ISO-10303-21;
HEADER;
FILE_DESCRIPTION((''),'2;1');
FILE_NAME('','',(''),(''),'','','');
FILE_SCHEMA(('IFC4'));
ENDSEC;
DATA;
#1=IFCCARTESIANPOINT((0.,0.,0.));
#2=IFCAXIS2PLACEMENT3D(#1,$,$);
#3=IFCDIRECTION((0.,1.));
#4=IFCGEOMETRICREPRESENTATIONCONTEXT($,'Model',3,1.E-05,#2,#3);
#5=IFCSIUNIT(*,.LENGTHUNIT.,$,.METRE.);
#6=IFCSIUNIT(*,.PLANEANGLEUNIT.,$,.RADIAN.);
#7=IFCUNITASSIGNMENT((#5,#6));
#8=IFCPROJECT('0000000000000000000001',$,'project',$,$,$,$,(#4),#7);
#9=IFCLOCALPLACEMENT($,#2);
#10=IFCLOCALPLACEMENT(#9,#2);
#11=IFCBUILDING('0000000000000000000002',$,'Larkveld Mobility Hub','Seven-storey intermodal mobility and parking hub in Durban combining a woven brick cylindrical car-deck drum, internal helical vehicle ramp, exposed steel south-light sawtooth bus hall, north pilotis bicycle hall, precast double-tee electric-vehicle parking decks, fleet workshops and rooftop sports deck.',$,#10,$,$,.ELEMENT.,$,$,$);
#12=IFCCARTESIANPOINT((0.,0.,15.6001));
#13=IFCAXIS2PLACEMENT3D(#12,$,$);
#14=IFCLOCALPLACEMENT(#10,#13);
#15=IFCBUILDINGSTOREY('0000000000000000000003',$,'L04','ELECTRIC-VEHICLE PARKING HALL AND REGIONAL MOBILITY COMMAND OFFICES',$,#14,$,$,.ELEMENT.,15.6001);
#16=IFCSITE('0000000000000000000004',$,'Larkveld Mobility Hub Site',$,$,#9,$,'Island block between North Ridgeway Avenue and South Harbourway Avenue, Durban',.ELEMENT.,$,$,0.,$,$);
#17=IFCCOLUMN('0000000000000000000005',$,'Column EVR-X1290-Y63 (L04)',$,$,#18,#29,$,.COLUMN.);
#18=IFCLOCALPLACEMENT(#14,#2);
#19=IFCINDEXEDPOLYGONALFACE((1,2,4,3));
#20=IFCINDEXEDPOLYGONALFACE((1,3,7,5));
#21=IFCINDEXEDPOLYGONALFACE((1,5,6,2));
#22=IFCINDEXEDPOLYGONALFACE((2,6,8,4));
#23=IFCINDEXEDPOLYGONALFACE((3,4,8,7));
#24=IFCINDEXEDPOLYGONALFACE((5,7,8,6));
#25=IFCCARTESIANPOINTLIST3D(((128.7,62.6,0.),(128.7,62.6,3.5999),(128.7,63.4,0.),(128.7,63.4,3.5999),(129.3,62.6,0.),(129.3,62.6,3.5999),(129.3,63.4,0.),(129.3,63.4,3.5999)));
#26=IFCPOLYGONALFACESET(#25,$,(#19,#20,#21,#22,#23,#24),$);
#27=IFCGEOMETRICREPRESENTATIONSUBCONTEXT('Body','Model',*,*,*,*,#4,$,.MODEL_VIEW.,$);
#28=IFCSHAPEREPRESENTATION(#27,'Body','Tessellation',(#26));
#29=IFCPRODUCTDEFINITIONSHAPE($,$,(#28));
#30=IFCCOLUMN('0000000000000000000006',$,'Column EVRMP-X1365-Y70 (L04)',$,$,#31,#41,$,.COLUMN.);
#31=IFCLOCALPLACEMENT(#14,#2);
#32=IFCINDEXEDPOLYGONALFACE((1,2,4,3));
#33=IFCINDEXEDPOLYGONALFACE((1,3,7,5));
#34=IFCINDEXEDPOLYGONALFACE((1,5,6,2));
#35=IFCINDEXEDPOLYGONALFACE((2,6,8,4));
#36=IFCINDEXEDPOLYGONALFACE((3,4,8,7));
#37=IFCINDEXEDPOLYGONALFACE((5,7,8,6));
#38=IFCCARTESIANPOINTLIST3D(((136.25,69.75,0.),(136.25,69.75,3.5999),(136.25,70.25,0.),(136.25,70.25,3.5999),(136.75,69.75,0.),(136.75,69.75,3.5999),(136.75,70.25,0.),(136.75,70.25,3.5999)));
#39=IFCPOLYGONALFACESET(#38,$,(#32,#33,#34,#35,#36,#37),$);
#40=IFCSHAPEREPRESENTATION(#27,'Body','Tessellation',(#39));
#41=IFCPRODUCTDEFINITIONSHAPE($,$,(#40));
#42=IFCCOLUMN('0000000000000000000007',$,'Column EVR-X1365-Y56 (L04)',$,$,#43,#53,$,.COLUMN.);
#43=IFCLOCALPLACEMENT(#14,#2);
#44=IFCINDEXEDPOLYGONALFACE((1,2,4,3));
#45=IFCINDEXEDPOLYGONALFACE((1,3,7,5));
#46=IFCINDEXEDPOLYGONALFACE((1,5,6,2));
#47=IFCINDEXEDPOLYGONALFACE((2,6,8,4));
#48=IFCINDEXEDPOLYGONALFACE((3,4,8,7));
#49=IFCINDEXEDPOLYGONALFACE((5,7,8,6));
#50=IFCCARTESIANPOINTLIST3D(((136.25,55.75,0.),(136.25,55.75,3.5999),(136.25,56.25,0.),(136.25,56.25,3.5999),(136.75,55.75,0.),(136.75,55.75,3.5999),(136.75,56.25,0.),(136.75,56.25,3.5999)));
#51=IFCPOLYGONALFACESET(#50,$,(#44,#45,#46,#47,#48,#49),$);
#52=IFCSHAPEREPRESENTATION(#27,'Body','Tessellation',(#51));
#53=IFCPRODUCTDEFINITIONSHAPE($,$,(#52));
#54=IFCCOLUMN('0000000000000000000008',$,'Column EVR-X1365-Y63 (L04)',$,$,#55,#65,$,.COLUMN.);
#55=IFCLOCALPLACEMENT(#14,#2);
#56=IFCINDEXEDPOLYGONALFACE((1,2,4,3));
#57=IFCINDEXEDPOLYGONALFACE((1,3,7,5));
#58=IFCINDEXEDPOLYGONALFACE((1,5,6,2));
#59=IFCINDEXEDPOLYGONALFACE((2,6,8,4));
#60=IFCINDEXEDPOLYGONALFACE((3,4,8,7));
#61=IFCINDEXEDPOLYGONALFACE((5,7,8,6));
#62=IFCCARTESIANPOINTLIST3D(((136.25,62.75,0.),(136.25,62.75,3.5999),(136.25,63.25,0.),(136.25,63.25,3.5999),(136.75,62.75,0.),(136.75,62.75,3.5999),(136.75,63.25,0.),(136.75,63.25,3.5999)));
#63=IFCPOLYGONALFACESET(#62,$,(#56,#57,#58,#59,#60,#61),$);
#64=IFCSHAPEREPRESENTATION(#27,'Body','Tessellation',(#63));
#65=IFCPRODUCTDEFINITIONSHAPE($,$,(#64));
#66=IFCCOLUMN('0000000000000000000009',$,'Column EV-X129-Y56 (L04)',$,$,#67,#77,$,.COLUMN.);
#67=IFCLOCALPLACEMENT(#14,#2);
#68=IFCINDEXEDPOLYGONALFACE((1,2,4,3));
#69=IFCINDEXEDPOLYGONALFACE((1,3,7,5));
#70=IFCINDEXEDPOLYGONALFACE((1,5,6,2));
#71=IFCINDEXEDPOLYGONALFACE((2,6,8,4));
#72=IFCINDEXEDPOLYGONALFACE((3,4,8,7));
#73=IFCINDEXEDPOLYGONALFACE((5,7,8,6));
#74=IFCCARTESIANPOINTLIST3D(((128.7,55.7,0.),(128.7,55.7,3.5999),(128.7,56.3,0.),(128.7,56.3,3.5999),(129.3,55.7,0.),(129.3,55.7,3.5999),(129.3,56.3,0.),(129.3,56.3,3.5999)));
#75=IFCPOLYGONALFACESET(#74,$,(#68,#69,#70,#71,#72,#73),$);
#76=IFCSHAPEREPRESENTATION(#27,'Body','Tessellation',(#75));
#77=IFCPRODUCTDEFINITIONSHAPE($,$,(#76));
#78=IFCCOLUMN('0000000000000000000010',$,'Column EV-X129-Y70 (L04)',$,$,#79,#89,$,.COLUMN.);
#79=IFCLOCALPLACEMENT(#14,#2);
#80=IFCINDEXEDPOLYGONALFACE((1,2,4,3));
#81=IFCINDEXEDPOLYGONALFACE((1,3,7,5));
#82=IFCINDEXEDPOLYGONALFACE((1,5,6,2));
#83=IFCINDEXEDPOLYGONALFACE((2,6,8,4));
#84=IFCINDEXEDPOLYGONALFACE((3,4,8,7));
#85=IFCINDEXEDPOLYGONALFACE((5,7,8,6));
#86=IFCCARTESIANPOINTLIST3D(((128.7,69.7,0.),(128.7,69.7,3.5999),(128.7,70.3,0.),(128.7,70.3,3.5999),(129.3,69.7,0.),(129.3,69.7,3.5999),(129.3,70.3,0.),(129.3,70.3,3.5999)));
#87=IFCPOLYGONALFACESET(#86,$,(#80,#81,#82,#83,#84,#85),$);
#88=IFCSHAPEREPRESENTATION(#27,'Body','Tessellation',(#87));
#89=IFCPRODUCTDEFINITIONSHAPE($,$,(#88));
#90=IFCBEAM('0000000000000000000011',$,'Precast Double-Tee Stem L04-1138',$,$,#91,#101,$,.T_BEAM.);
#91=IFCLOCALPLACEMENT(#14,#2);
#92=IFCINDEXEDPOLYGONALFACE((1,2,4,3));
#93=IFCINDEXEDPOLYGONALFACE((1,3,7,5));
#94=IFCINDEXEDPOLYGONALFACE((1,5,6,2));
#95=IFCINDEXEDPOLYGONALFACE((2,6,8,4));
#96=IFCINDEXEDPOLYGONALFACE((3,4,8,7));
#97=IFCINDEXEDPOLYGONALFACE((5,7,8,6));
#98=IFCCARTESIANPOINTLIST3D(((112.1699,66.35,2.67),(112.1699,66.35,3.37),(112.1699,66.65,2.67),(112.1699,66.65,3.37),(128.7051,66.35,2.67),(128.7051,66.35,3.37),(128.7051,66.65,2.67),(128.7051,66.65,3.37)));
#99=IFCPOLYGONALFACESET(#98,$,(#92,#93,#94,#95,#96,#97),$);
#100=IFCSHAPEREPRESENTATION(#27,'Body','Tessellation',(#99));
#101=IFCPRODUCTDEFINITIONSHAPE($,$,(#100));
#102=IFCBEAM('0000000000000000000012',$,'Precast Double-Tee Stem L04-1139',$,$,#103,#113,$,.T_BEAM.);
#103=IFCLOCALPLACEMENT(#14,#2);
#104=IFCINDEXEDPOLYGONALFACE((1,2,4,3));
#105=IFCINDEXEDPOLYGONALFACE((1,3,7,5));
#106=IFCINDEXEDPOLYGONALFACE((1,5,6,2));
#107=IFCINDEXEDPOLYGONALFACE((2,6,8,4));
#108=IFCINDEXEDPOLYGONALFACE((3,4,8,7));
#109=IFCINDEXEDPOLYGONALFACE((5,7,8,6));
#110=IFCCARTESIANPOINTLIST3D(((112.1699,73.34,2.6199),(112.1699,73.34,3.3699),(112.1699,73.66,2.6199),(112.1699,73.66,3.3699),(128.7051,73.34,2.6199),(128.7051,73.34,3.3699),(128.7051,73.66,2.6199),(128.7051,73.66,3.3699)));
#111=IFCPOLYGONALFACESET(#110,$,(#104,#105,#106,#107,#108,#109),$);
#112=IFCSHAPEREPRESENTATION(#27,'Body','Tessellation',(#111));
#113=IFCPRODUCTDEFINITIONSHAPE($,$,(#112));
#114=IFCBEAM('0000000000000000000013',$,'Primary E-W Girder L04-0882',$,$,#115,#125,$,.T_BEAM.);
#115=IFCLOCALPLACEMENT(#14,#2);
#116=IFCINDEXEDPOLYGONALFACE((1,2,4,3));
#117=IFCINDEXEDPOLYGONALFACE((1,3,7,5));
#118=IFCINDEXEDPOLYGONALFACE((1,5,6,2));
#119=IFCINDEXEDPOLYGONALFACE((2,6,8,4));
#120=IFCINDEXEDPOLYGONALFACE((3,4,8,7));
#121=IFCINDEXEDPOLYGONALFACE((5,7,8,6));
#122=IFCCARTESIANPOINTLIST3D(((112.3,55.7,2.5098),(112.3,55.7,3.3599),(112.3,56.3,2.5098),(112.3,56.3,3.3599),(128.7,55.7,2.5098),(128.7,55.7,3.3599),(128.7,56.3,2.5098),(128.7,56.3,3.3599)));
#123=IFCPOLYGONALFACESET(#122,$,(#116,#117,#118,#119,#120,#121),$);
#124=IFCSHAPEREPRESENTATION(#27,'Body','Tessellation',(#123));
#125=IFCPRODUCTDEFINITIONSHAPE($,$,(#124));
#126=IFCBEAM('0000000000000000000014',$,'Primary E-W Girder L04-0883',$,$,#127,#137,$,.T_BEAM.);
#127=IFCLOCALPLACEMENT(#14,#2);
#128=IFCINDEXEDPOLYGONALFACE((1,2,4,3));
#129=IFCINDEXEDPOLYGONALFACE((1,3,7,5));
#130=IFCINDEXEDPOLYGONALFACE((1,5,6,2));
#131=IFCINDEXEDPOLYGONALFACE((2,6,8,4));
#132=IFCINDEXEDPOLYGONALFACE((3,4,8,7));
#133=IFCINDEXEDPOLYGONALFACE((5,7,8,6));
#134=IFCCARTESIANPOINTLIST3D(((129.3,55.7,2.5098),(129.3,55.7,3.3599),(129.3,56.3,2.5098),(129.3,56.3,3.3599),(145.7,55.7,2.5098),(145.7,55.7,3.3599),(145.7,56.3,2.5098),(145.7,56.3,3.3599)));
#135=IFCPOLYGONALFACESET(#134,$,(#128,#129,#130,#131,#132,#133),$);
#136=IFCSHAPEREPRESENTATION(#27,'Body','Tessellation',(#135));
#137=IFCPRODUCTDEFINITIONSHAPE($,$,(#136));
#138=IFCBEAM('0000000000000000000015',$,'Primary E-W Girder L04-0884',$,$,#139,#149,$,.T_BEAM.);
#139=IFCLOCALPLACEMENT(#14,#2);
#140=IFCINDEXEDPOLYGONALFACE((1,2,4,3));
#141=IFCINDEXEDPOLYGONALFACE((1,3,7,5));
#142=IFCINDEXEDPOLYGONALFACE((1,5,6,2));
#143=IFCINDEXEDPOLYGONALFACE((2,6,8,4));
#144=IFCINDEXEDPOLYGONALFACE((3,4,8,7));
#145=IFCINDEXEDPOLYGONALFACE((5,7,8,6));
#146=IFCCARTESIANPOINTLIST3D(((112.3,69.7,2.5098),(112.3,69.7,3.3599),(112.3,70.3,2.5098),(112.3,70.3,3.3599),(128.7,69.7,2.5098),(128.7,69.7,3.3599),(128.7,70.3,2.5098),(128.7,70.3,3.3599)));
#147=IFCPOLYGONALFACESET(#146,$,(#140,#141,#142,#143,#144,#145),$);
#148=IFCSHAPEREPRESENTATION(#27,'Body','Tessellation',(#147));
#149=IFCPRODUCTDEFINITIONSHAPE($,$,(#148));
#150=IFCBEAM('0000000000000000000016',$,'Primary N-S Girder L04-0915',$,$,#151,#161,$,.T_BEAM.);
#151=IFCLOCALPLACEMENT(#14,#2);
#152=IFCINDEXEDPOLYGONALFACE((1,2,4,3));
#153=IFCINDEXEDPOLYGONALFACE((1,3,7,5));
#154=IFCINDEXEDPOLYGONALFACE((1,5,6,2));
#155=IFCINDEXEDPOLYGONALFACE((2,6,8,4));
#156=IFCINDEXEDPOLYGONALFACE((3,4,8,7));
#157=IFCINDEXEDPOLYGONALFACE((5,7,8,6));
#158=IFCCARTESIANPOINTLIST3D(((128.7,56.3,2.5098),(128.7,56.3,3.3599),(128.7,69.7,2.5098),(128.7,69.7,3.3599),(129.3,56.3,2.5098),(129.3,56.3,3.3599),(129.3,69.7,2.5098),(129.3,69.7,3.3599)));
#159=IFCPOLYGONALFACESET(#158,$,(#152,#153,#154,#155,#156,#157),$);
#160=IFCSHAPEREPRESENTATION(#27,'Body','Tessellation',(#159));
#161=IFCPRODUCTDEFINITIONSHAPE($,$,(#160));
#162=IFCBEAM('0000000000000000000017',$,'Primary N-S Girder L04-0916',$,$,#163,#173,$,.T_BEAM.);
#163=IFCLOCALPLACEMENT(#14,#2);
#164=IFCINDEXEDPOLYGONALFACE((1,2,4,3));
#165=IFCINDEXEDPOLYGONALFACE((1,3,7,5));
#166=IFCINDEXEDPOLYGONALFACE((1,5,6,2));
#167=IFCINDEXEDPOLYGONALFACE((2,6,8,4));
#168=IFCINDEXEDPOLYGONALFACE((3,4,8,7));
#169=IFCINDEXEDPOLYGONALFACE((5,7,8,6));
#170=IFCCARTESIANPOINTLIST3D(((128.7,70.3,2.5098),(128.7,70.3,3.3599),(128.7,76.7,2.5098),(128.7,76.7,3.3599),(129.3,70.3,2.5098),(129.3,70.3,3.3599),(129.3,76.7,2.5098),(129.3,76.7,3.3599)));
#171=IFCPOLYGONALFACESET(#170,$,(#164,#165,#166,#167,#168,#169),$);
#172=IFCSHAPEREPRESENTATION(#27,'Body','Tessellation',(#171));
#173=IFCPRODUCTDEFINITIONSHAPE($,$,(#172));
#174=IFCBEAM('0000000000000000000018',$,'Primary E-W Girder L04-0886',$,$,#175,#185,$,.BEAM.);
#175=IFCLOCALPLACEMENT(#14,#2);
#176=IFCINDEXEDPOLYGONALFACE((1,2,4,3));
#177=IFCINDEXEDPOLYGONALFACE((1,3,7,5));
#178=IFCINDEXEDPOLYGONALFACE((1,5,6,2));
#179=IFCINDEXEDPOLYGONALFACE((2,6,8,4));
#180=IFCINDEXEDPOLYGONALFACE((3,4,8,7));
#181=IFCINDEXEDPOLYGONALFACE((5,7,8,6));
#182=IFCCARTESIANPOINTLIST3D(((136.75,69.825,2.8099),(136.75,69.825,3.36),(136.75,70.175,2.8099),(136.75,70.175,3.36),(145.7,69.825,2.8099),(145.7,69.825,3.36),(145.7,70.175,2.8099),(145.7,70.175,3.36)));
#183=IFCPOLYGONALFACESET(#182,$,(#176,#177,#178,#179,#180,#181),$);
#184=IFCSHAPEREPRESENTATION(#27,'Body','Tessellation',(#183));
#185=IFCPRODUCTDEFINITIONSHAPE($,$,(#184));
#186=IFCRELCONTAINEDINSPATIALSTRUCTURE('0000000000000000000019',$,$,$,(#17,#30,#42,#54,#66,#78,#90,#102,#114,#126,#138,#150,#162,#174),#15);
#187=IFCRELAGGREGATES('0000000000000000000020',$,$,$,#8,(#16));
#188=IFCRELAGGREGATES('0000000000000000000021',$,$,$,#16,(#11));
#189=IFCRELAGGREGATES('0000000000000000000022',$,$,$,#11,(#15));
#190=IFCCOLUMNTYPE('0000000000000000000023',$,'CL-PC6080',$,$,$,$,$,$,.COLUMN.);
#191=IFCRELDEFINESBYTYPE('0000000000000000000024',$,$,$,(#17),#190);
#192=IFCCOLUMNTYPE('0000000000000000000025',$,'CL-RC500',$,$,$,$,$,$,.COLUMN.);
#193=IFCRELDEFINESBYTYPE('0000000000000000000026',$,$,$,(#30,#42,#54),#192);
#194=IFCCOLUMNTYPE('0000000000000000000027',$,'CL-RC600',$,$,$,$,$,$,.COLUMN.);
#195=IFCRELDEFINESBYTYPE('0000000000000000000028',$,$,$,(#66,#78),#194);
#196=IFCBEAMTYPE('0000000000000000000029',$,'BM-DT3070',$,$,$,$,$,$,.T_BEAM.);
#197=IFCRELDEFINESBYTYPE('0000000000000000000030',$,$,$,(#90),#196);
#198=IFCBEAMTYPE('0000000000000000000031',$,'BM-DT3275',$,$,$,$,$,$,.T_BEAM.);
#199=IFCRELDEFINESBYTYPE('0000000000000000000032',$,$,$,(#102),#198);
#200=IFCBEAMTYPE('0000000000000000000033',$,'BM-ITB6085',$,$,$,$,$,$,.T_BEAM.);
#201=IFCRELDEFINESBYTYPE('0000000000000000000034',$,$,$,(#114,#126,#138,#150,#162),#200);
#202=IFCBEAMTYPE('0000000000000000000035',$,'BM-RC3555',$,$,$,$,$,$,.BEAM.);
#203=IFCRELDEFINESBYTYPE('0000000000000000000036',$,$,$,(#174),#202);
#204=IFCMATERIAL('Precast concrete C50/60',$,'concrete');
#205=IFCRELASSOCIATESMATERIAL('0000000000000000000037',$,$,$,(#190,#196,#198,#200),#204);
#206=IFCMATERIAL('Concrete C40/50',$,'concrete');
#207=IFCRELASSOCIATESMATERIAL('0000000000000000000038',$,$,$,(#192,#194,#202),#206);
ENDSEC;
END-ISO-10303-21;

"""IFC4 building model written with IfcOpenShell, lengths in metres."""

from ifc_helpers import new_model, si_unit, direction, frame, origin, origin_2d, place, context, subcontext, project, spatial, rectangle, extrude, material, material_profile, profile_set, type_object, element, save


model = new_model("IFC4")

# Units and contexts
model_context = context("Model", 3, precision=1e-05, world=origin(), true_north=direction((0.0, 1.0)))
body_context = subcontext(model_context, "Body", "Model", "MODEL_VIEW")
ifc_project = project(units=[si_unit("LENGTHUNIT", "METRE"), si_unit("PLANEANGLEUNIT", "RADIAN")], contexts=[model_context])

# Site, building, storey
site_placement = place(None, origin())
site = spatial("IfcSite", under=ifc_project, at=site_placement, Name="Larkveld Mobility Hub Site", LongName="Island block between North Ridgeway Avenue and South Harbourway Avenue, Durban", CompositionType="ELEMENT", RefElevation=0.0)
building_placement = place(site_placement, origin())
building = spatial("IfcBuilding", under=site, at=building_placement, Name="Larkveld Mobility Hub", Description="Seven-storey intermodal mobility and parking hub in Durban combining a woven brick cylindrical car-deck drum, internal helical vehicle ramp, exposed steel south-light sawtooth bus hall, north pilotis bicycle hall, precast double-tee electric-vehicle parking decks, fleet workshops and rooftop sports deck.", CompositionType="ELEMENT")
storey_placement = place(building_placement, frame((0.0, 0.0, 15.6001)))
storey = spatial("IfcBuildingStorey", under=building, at=storey_placement, Name="L04", Description="ELECTRIC-VEHICLE PARKING HALL AND REGIONAL MOBILITY COMMAND OFFICES", CompositionType="ELEMENT", Elevation=15.6001)

# Columns
ifc_material_1 = material(Name="Precast concrete C50/60", Category="concrete")
ifc_material_profile_1 = material_profile(ifc_material_1, rectangle(XDim=0.6001, YDim=0.8, at=origin_2d()), Name="RC COL 600x800")
ifc_profile_set_1 = profile_set([ifc_material_profile_1], Name="Precast concrete C50/60")
column_type_1 = type_object("IfcColumnType", Name="CL-PC6080", PredefinedType="COLUMN", material=ifc_profile_set_1)
column_placement = place(storey_placement, frame((129.0, 63.0, 0.0), z_axis=(0.0, 0.0, 1.0), x_axis=(1.0, 0.0, 0.0)))
element("IfcColumn", 1, at=column_placement, inside=storey, type_object=column_type_1, Name="Column EVR-X1290-Y63 (L04)", PredefinedType="COLUMN", context=body_context, shape_type="SweptSolid", body=[
    extrude(rectangle(XDim=0.6001, YDim=0.8, at=origin_2d()), origin(), (0.0, 0.0, 1.0), 3.5999),
])
ifc_material_2 = material(Name="Concrete C40/50", Category="concrete")
ifc_material_profile_2 = material_profile(ifc_material_2, rectangle(XDim=0.5, YDim=0.5, at=origin_2d()), Name="RC COL 500x500")
ifc_profile_set_2 = profile_set([ifc_material_profile_2], Name="Concrete C40/50")
column_type_2 = type_object("IfcColumnType", Name="CL-RC500", PredefinedType="COLUMN", material=ifc_profile_set_2)
for number, where, z_axis, x_axis, name in (
    (2, (136.5, 70.0, 0.0), (0.0, 0.0, 1.0), (1.0, 0.0, 0.0), "Column EVRMP-X1365-Y70 (L04)"),
    (3, (136.5, 56.0, 0.0), (0.0, 0.0, 1.0), (1.0, 0.0, 0.0), "Column EVR-X1365-Y56 (L04)"),
    (4, (136.5, 63.0, 0.0), (0.0, 0.0, 1.0), (1.0, 0.0, 0.0), "Column EVR-X1365-Y63 (L04)"),
):
    element("IfcColumn", number, at=place(storey_placement, frame(where, z_axis=z_axis, x_axis=x_axis)), inside=storey, type_object=column_type_2, Name=name, PredefinedType="COLUMN", context=body_context, shape_type="SweptSolid", body=[
        extrude(rectangle(XDim=0.5, YDim=0.5, at=origin_2d()), origin(), (0.0, 0.0, 1.0), 3.5999),
    ])
ifc_material_profile_3 = material_profile(ifc_material_2, rectangle(XDim=0.6001, YDim=0.6001, at=origin_2d()), Name="RC COL 600x600")
ifc_profile_set_3 = profile_set([ifc_material_profile_3], Name="Concrete C40/50")
column_type_3 = type_object("IfcColumnType", Name="CL-RC600", PredefinedType="COLUMN", material=ifc_profile_set_3)
for number, where, z_axis, x_axis, name in (
    (5, (129.0, 56.0, 0.0), (0.0, 0.0, 1.0), (1.0, 0.0, 0.0), "Column EV-X129-Y56 (L04)"),
    (6, (129.0, 70.0, 0.0), (0.0, 0.0, 1.0), (1.0, 0.0, 0.0), "Column EV-X129-Y70 (L04)"),
):
    element("IfcColumn", number, at=place(storey_placement, frame(where, z_axis=z_axis, x_axis=x_axis)), inside=storey, type_object=column_type_3, Name=name, PredefinedType="COLUMN", context=body_context, shape_type="SweptSolid", body=[
        extrude(rectangle(XDim=0.6001, YDim=0.6001, at=origin_2d()), origin(), (0.0, 0.0, 1.0), 3.5999),
    ])

# Beams
ifc_material_profile_4 = material_profile(ifc_material_1, rectangle(XDim=0.3, YDim=0.7, at=origin_2d()), Name="PC DT 300x700")
ifc_profile_set_4 = profile_set([ifc_material_profile_4], Name="Precast concrete C50/60")
beam_type_1 = type_object("IfcBeamType", Name="BM-DT3070", PredefinedType="T_BEAM", material=ifc_profile_set_4)
beam_1_placement = place(storey_placement, frame((112.1699, 66.5, 3.02), z_axis=(1.0, 0.0, 0.0), x_axis=(0.0, 1.0, 0.0)))
element("IfcBeam", 7, at=beam_1_placement, inside=storey, type_object=beam_type_1, Name="Precast Double-Tee Stem L04-1138", PredefinedType="T_BEAM", context=body_context, shape_type="SweptSolid", body=[
    extrude(rectangle(XDim=0.3, YDim=0.7, at=origin_2d()), origin(), (0.0, 0.0, 1.0), 16.5352),
])
ifc_material_profile_5 = material_profile(ifc_material_1, rectangle(XDim=0.3201, YDim=0.75, at=origin_2d()), Name="PC DT 320x750")
ifc_profile_set_5 = profile_set([ifc_material_profile_5], Name="Precast concrete C50/60")
beam_type_2 = type_object("IfcBeamType", Name="BM-DT3275", PredefinedType="T_BEAM", material=ifc_profile_set_5)
beam_2_placement = place(storey_placement, frame((112.1699, 73.5, 2.9949), z_axis=(1.0, 0.0, 0.0), x_axis=(0.0, 1.0, 0.0)))
element("IfcBeam", 8, at=beam_2_placement, inside=storey, type_object=beam_type_2, Name="Precast Double-Tee Stem L04-1139", PredefinedType="T_BEAM", context=body_context, shape_type="SweptSolid", body=[
    extrude(rectangle(XDim=0.3201, YDim=0.75, at=origin_2d()), origin(), (0.0, 0.0, 1.0), 16.5352),
])
ifc_material_profile_6 = material_profile(ifc_material_1, rectangle(XDim=0.6001, YDim=0.8501, at=origin_2d()), Name="PC ITB 600x850")
ifc_profile_set_6 = profile_set([ifc_material_profile_6], Name="Precast concrete C50/60")
beam_type_3 = type_object("IfcBeamType", Name="BM-ITB6085", PredefinedType="T_BEAM", material=ifc_profile_set_6)
for number, where, z_axis, x_axis, name in (
    (9, (112.3, 56.0, 2.9348), (1.0, 0.0, 0.0), (0.0, 1.0, 0.0), "Primary E-W Girder L04-0882"),
    (10, (129.3, 56.0, 2.9348), (1.0, 0.0, 0.0), (0.0, 1.0, 0.0), "Primary E-W Girder L04-0883"),
    (11, (112.3, 70.0, 2.9348), (1.0, 0.0, 0.0), (0.0, 1.0, 0.0), "Primary E-W Girder L04-0884"),
):
    element("IfcBeam", number, at=place(storey_placement, frame(where, z_axis=z_axis, x_axis=x_axis)), inside=storey, type_object=beam_type_3, Name=name, PredefinedType="T_BEAM", context=body_context, shape_type="SweptSolid", body=[
        extrude(rectangle(XDim=0.6001, YDim=0.8501, at=origin_2d()), origin(), (0.0, 0.0, 1.0), 16.3999),
    ])
beam_3_placement = place(storey_placement, frame((129.0, 56.3, 2.9348), z_axis=(0.0, 1.0, 0.0), x_axis=(-1.0, 0.0, 0.0)))
element("IfcBeam", 12, at=beam_3_placement, inside=storey, type_object=beam_type_3, Name="Primary N-S Girder L04-0915", PredefinedType="T_BEAM", context=body_context, shape_type="SweptSolid", body=[
    extrude(rectangle(XDim=0.6001, YDim=0.8501, at=origin_2d()), origin(), (0.0, 0.0, 1.0), 13.3999),
])
beam_4_placement = place(storey_placement, frame((129.0, 70.3, 2.9348), z_axis=(0.0, 1.0, 0.0), x_axis=(-1.0, 0.0, 0.0)))
element("IfcBeam", 13, at=beam_4_placement, inside=storey, type_object=beam_type_3, Name="Primary N-S Girder L04-0916", PredefinedType="T_BEAM", context=body_context, shape_type="SweptSolid", body=[
    extrude(rectangle(XDim=0.6001, YDim=0.8501, at=origin_2d()), origin(), (0.0, 0.0, 1.0), 6.3999),
])
ifc_material_profile_7 = material_profile(ifc_material_2, rectangle(XDim=0.3501, YDim=0.55, at=origin_2d()), Name="RC BM 350x550")
ifc_profile_set_7 = profile_set([ifc_material_profile_7], Name="Concrete C40/50")
beam_type_4 = type_object("IfcBeamType", Name="BM-RC3555", PredefinedType="BEAM", material=ifc_profile_set_7)
beam_5_placement = place(storey_placement, frame((136.75, 70.0, 3.085), z_axis=(1.0, 0.0, 0.0), x_axis=(0.0, 1.0, 0.0)))
element("IfcBeam", 14, at=beam_5_placement, inside=storey, type_object=beam_type_4, Name="Primary E-W Girder L04-0886", PredefinedType="BEAM", context=body_context, shape_type="SweptSolid", body=[
    extrude(rectangle(XDim=0.3501, YDim=0.55, at=origin_2d()), origin(), (0.0, 0.0, 1.0), 8.95),
])

save(model, "model.ifc")
